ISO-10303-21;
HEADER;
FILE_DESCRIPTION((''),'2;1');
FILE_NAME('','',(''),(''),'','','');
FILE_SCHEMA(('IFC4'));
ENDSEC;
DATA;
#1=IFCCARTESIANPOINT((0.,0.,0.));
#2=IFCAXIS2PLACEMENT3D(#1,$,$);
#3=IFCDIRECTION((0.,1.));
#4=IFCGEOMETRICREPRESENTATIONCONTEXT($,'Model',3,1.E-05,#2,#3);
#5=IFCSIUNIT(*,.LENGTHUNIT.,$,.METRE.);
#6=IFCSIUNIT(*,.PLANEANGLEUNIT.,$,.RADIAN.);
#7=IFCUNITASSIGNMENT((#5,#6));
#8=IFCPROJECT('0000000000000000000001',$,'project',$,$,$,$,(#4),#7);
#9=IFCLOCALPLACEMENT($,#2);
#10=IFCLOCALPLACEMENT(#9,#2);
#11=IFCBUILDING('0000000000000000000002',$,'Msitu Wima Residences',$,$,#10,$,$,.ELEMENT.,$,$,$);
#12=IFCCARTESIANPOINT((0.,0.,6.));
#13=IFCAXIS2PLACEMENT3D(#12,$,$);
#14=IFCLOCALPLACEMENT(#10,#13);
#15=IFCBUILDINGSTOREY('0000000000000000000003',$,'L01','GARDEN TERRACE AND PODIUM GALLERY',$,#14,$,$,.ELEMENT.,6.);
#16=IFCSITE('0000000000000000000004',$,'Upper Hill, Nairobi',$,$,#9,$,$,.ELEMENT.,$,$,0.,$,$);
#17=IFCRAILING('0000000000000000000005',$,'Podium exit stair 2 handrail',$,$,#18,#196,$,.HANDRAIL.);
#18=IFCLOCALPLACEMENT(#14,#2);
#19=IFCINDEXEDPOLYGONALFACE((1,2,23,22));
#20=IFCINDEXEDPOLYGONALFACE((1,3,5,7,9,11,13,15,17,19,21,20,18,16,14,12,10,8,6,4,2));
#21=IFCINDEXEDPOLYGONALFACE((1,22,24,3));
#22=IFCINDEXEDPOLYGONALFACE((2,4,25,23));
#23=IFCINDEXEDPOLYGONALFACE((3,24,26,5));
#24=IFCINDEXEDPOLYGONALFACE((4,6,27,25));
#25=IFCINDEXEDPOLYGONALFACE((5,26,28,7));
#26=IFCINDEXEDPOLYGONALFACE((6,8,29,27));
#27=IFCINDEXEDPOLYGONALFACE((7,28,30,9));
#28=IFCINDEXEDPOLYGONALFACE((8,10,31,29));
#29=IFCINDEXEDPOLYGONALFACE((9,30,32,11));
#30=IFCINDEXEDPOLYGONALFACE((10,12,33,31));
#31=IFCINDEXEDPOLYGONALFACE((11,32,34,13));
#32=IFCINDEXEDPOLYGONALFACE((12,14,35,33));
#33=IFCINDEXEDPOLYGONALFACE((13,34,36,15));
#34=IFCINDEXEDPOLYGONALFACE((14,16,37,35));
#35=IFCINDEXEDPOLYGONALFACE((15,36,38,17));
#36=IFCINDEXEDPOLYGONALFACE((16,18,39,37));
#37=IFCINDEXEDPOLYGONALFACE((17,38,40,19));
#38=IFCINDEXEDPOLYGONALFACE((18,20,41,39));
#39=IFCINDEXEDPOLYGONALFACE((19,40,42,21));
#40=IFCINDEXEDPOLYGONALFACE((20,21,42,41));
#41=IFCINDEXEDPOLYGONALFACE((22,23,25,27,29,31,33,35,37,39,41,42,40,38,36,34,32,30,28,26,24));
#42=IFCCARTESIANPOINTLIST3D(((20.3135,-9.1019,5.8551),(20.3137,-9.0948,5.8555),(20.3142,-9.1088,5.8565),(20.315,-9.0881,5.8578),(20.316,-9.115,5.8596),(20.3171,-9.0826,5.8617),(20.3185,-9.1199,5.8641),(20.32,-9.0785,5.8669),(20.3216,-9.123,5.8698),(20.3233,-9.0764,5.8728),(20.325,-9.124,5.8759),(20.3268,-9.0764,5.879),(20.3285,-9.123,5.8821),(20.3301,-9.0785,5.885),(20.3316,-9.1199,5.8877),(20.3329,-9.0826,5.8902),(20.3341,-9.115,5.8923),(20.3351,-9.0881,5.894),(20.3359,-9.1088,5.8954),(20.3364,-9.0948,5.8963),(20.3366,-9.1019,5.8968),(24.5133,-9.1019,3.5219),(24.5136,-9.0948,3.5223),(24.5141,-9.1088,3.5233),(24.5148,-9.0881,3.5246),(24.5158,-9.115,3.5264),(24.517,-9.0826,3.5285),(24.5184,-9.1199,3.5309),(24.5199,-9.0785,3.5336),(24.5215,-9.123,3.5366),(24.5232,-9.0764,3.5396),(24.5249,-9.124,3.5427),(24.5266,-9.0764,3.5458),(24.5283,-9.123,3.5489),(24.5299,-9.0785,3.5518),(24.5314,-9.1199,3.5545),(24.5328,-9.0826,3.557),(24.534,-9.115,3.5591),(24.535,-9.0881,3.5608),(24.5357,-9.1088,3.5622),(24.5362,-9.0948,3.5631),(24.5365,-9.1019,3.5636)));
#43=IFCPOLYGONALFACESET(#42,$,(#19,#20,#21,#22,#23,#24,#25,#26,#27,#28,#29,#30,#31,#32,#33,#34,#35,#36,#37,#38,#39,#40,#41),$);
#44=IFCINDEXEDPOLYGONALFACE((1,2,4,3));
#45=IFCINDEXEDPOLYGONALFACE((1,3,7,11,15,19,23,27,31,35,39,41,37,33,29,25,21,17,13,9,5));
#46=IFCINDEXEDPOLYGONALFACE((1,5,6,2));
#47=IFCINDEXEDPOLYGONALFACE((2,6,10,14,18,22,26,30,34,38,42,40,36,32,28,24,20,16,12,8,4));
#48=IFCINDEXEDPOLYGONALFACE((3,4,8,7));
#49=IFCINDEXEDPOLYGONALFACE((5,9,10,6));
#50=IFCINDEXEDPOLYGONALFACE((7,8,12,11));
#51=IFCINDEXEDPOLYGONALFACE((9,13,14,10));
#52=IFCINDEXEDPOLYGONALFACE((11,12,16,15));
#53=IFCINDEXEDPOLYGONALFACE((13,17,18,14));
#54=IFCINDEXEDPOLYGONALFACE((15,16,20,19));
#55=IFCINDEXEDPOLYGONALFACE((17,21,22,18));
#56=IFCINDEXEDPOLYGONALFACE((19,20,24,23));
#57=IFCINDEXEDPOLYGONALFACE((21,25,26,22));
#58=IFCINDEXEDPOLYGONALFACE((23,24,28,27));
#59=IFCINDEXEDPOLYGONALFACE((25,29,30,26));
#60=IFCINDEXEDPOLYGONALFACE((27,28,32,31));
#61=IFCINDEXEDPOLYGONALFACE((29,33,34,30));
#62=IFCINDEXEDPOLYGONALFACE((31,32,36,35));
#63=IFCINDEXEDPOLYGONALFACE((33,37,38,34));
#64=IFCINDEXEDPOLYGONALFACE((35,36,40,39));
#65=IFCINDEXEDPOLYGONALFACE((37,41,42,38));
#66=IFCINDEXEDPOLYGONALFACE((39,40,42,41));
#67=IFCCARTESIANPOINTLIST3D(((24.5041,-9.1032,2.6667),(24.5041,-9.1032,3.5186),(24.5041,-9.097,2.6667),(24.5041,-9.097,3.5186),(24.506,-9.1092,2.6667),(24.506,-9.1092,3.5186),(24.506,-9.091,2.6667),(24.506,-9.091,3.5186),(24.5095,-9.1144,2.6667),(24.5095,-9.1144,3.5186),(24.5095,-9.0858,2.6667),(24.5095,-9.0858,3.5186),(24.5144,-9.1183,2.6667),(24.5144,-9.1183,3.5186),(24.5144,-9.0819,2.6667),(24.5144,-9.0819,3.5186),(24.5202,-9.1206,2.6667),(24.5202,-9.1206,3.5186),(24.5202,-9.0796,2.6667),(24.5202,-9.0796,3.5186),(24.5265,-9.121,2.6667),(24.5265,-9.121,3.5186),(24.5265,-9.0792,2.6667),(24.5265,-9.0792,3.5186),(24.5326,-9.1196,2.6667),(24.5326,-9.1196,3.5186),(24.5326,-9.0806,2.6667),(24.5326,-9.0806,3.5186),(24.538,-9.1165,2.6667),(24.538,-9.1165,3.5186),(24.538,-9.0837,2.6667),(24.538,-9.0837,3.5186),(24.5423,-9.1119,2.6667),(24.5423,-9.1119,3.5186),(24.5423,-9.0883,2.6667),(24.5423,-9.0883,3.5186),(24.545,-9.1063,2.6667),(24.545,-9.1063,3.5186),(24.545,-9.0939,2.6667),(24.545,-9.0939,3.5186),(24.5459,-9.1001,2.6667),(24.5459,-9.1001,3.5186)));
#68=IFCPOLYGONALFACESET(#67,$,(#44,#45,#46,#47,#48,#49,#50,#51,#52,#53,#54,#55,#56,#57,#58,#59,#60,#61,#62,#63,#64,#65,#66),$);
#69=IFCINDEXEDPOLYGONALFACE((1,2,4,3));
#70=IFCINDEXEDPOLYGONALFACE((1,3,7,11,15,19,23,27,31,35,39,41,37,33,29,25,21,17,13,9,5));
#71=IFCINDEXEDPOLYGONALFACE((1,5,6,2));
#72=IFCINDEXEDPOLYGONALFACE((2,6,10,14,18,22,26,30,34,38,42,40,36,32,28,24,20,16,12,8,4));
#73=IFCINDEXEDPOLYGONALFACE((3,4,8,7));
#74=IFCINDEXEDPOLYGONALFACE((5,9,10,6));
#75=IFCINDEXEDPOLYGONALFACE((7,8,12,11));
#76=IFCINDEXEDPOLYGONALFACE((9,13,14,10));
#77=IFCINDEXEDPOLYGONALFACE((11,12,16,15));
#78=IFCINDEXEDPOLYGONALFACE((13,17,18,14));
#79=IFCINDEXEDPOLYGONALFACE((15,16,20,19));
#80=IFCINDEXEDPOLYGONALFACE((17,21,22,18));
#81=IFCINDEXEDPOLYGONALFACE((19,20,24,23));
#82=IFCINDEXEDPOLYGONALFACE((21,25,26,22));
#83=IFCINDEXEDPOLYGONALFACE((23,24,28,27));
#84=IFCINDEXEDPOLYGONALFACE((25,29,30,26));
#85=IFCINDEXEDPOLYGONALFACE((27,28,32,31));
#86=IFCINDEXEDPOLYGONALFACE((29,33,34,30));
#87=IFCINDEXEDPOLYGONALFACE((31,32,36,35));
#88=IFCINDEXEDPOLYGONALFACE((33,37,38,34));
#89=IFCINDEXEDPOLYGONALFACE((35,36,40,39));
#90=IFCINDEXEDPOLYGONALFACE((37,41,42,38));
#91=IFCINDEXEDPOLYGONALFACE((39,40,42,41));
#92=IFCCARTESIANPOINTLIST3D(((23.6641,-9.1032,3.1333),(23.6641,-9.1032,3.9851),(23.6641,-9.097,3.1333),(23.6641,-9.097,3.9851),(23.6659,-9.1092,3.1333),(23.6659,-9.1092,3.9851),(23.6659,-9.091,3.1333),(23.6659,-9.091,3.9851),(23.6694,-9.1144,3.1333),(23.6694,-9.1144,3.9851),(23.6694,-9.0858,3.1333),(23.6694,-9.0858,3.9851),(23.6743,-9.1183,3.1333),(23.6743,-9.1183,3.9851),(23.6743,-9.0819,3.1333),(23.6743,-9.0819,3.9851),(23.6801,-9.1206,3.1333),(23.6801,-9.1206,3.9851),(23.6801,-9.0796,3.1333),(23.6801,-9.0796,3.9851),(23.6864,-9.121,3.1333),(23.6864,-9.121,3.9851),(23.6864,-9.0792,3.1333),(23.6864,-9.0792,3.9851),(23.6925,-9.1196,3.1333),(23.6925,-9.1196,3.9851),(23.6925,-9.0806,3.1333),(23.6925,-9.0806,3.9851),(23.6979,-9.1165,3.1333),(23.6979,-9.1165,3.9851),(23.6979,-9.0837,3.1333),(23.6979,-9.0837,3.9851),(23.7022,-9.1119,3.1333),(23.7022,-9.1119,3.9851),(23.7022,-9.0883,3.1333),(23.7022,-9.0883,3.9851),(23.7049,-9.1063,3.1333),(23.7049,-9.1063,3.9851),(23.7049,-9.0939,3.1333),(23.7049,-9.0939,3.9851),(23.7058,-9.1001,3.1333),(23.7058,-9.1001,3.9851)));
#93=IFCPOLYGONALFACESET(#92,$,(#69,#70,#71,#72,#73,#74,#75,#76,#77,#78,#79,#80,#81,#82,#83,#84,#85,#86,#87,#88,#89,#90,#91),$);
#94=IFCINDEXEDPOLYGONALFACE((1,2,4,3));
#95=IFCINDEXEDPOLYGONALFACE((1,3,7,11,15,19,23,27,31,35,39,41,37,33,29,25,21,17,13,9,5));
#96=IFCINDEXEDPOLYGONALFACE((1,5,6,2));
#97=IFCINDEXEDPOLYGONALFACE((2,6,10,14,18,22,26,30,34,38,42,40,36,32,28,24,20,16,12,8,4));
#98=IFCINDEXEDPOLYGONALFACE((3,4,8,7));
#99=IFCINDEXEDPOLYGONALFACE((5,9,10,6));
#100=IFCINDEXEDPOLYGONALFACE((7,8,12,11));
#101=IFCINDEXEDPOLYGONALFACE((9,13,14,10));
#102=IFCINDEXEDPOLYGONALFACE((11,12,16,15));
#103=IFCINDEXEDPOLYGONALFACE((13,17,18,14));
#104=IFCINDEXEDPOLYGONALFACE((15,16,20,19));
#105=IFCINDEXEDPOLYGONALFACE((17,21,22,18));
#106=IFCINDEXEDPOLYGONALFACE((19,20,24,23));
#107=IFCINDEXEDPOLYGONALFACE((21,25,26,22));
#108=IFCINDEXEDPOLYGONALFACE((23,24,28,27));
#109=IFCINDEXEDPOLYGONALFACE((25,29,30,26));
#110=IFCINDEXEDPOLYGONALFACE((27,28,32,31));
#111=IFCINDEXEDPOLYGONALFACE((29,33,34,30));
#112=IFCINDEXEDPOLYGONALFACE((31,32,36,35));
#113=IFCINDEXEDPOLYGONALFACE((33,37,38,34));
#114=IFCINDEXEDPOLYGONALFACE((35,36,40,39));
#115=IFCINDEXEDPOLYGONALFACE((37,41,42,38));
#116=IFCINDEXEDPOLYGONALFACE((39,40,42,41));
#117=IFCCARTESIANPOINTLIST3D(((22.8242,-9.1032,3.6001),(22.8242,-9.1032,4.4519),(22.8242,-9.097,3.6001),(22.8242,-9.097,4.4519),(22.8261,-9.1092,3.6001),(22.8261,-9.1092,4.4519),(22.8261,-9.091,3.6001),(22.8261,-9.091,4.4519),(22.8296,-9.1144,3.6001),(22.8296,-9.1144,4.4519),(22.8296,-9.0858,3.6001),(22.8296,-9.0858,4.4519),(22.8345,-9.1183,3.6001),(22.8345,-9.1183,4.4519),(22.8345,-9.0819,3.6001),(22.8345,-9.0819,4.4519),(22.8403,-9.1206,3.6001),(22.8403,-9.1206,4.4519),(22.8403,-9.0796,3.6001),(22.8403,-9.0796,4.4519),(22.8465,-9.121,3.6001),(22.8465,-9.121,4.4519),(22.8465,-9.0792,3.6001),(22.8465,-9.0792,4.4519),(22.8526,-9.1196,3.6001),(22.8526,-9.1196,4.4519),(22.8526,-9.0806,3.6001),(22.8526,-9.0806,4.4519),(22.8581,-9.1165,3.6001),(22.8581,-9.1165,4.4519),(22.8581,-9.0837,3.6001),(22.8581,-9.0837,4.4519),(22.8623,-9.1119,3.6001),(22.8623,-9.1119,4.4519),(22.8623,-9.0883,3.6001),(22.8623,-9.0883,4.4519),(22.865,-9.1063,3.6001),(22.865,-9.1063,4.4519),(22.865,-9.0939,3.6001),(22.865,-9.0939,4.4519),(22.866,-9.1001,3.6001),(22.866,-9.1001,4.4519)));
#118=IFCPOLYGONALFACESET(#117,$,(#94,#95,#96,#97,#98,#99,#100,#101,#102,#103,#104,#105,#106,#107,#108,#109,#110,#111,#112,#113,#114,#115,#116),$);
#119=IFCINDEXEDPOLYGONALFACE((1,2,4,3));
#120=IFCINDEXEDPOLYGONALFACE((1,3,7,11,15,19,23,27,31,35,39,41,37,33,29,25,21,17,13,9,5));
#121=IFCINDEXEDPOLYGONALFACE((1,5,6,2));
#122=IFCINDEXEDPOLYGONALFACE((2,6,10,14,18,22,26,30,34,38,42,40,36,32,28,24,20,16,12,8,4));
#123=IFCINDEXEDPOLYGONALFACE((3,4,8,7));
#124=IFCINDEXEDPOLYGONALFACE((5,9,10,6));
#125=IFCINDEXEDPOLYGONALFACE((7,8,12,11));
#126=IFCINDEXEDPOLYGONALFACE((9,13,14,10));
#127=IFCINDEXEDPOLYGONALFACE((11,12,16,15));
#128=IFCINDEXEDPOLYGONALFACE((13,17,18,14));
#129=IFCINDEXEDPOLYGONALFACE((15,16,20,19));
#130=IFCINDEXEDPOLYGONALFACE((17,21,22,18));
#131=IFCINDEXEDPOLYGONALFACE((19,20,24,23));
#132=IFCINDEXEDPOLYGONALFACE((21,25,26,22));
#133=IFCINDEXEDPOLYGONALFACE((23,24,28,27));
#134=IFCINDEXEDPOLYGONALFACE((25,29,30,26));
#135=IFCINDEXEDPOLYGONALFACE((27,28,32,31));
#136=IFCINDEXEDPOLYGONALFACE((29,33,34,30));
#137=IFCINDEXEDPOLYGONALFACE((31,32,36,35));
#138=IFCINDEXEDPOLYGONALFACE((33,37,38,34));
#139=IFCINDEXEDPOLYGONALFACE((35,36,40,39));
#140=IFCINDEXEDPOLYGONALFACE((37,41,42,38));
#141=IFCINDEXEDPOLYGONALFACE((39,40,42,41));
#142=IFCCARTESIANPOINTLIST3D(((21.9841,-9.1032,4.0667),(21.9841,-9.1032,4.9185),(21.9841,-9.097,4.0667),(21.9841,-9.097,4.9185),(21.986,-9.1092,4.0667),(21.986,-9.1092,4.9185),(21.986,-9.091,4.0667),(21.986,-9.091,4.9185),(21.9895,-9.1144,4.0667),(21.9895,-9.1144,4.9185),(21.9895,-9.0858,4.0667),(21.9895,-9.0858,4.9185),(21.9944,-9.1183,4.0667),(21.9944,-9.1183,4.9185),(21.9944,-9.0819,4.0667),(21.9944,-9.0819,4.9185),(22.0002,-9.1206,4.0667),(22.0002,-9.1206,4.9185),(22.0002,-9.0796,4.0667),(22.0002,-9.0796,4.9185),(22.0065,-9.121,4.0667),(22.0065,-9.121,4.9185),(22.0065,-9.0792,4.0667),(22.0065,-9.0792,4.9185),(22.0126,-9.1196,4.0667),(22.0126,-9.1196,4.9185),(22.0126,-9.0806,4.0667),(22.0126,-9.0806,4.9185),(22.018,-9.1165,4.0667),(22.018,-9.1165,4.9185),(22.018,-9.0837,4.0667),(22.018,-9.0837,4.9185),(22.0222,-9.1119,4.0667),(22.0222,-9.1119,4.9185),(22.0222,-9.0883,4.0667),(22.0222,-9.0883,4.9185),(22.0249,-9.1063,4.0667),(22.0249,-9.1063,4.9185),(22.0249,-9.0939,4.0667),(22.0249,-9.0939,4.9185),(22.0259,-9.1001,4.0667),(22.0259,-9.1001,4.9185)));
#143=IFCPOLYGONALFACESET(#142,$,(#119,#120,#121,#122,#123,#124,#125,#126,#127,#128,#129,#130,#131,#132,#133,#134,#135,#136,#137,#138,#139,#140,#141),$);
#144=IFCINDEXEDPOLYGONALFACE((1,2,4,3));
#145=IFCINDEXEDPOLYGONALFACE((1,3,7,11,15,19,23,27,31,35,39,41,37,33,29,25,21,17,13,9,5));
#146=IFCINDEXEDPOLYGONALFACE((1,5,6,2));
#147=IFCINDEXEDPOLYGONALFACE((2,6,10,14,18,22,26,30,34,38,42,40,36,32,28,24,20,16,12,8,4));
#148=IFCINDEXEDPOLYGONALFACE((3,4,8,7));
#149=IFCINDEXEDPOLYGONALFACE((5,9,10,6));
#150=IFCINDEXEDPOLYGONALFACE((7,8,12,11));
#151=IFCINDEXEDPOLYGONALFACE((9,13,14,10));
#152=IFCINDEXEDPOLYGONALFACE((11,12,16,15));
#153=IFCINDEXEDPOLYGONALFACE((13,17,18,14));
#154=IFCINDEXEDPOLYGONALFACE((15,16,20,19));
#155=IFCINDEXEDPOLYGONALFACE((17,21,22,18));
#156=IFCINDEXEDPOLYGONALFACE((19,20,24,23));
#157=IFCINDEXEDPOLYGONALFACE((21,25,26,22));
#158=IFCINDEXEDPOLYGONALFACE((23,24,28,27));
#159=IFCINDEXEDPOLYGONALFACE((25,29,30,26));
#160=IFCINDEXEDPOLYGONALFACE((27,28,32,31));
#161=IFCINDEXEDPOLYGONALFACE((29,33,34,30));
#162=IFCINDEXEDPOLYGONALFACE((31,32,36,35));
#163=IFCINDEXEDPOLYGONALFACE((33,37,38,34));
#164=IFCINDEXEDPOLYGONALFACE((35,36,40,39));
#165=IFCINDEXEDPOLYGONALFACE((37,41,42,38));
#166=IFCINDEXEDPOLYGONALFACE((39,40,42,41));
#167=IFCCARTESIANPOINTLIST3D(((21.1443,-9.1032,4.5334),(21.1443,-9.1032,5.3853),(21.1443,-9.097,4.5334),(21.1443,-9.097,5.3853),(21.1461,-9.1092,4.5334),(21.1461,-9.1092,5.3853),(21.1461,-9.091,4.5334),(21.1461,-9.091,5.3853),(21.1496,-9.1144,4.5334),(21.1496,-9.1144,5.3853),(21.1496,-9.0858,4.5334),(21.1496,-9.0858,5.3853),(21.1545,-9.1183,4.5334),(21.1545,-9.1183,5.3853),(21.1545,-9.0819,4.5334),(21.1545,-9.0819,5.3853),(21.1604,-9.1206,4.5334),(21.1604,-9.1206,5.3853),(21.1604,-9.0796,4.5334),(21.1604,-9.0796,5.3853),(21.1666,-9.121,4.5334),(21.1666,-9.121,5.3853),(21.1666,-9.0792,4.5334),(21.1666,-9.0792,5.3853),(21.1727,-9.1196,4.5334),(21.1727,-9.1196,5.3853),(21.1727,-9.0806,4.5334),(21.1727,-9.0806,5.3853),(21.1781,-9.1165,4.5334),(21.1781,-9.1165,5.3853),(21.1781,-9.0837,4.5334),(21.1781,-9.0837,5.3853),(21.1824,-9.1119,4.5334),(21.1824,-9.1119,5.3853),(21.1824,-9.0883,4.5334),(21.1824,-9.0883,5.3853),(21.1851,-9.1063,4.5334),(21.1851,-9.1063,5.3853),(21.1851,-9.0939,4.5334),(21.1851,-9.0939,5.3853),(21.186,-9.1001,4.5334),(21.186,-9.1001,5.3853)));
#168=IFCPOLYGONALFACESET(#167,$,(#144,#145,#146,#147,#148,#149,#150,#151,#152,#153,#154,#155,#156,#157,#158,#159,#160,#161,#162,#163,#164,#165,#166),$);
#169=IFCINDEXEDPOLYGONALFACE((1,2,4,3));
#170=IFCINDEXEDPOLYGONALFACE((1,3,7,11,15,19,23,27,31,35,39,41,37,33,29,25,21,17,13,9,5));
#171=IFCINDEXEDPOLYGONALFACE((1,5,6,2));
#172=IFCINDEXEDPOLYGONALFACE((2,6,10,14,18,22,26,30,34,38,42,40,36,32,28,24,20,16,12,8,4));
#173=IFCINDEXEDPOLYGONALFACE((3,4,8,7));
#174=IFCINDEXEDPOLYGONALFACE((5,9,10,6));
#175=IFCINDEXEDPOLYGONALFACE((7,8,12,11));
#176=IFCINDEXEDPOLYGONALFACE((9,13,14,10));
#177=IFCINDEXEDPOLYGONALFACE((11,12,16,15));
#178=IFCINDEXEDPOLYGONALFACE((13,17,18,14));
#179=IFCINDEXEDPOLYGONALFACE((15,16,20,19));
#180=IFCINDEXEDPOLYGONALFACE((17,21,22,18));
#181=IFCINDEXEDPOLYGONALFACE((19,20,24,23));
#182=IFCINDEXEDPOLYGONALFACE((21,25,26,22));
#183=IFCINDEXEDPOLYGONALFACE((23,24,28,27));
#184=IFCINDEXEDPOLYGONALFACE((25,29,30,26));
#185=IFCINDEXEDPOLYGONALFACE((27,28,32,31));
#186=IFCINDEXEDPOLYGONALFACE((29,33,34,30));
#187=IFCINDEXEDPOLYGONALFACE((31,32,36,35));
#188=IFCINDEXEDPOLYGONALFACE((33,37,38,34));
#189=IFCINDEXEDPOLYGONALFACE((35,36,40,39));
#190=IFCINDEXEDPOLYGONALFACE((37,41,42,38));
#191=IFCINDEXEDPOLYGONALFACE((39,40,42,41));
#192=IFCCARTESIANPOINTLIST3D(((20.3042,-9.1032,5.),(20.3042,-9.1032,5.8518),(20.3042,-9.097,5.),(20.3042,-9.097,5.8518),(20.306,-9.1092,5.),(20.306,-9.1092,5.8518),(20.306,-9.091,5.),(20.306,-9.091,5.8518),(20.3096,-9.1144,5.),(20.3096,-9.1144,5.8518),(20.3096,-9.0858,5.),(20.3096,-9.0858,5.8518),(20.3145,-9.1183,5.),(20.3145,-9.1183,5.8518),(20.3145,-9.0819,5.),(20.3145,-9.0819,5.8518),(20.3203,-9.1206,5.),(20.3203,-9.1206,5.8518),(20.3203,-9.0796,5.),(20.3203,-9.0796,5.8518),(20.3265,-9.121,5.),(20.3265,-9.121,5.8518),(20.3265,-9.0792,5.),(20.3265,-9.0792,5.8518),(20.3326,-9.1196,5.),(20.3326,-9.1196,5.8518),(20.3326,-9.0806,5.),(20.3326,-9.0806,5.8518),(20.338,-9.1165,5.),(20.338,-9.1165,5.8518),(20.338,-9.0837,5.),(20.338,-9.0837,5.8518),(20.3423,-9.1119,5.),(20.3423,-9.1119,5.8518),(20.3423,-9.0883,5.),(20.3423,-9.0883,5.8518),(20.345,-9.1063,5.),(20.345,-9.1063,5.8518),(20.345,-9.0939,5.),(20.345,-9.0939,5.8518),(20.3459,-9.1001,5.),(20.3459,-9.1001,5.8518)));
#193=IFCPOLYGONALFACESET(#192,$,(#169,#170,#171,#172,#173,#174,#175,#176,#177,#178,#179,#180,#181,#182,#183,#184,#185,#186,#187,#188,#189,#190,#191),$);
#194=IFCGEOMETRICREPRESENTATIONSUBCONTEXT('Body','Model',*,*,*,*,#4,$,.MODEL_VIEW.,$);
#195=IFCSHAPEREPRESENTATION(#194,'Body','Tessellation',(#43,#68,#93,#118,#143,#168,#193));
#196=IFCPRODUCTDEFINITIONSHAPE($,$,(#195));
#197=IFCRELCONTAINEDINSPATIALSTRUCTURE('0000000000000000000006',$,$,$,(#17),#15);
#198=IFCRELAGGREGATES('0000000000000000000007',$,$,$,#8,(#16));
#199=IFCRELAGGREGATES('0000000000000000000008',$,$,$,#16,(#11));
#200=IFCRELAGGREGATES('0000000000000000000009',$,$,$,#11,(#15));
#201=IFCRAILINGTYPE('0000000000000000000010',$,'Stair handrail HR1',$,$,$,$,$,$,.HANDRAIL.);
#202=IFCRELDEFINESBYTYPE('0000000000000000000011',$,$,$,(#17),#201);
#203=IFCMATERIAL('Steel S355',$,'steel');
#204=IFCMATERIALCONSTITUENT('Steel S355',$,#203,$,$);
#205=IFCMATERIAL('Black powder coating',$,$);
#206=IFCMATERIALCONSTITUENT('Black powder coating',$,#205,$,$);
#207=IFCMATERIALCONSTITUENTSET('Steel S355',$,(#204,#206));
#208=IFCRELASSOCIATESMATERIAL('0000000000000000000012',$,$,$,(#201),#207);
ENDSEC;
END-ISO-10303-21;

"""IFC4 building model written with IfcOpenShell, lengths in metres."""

from ifc_helpers import new_model, si_unit, direction, frame, origin, origin_2d, place, context, subcontext, project, spatial, circle, extrude, material, constituent, constituent_set, type_object, element, save


model = new_model("IFC4")

# Units and contexts
model_context = context("Model", 3, precision=1e-05, world=origin(), true_north=direction((0.0, 1.0)))
body_context = subcontext(model_context, "Body", "Model", "MODEL_VIEW")
ifc_project = project(units=[si_unit("LENGTHUNIT", "METRE"), si_unit("PLANEANGLEUNIT", "RADIAN")], contexts=[model_context])

# Site, building, storey
site_placement = place(None, origin())
site = spatial("IfcSite", under=ifc_project, at=site_placement, Name="Upper Hill, Nairobi", CompositionType="ELEMENT", RefElevation=0.0)
building_placement = place(site_placement, origin())
building = spatial("IfcBuilding", under=site, at=building_placement, Name="Msitu Wima Residences", CompositionType="ELEMENT")
storey_placement = place(building_placement, frame((0.0, 0.0, 6.0)))
storey = spatial("IfcBuildingStorey", under=building, at=storey_placement, Name="L01", Description="GARDEN TERRACE AND PODIUM GALLERY", CompositionType="ELEMENT", Elevation=6.0)

# Railing
ifc_material_1 = material(Name="Steel S355", Category="steel")
ifc_constituent_1 = constituent(ifc_material_1, Name="Steel S355")
ifc_material_2 = material(Name="Black powder coating")
ifc_constituent_2 = constituent(ifc_material_2, Name="Black powder coating")
ifc_constituent_set = constituent_set(constituents=[ifc_constituent_1, ifc_constituent_2], Name="Steel S355")
railing_type = type_object("IfcRailingType", Name="Stair handrail HR1", PredefinedType="HANDRAIL", material=ifc_constituent_set)
for number, where, name in (
    (1, (24.5249, -9.1001, 2.6667), "Podium exit stair 2 handrail"),
):
    element("IfcRailing", number, at=place(storey_placement, frame(where)), inside=storey, type_object=railing_type, Name=name, PredefinedType="HANDRAIL", context=body_context, shape_type="SweptSolid", body=[
        extrude(circle(Radius=0.0239, at=origin_2d()), frame((0.0, 0.0, 0.876), z_axis=(-0.874162, 0.0, 0.485634), x_axis=(0.0, -1.0, 0.0)), (0.0, 0.0, 1.0), 4.8044),
        extrude(circle(Radius=0.021, at=origin_2d()), origin(), (0.0, 0.0, 1.0), 0.8518),
        extrude(circle(Radius=0.021, at=origin_2d()), frame((-0.8401, 0.0, 0.4666)), (0.0, 0.0, 1.0), 0.8518),
        extrude(circle(Radius=0.021, at=origin_2d()), frame((-1.6799, 0.0, 0.9333)), (0.0, 0.0, 1.0), 0.8518),
        extrude(circle(Radius=0.021, at=origin_2d()), frame((-2.52, 0.0, 1.3999)), (0.0, 0.0, 1.0), 0.8518),
        extrude(circle(Radius=0.021, at=origin_2d()), frame((-3.3599, 0.0, 1.8667)), (0.0, 0.0, 1.0), 0.8518),
        extrude(circle(Radius=0.021, at=origin_2d()), frame((-4.2, 0.0, 2.3333)), (0.0, 0.0, 1.0), 0.8518),
    ])

save(model, "model.ifc")
